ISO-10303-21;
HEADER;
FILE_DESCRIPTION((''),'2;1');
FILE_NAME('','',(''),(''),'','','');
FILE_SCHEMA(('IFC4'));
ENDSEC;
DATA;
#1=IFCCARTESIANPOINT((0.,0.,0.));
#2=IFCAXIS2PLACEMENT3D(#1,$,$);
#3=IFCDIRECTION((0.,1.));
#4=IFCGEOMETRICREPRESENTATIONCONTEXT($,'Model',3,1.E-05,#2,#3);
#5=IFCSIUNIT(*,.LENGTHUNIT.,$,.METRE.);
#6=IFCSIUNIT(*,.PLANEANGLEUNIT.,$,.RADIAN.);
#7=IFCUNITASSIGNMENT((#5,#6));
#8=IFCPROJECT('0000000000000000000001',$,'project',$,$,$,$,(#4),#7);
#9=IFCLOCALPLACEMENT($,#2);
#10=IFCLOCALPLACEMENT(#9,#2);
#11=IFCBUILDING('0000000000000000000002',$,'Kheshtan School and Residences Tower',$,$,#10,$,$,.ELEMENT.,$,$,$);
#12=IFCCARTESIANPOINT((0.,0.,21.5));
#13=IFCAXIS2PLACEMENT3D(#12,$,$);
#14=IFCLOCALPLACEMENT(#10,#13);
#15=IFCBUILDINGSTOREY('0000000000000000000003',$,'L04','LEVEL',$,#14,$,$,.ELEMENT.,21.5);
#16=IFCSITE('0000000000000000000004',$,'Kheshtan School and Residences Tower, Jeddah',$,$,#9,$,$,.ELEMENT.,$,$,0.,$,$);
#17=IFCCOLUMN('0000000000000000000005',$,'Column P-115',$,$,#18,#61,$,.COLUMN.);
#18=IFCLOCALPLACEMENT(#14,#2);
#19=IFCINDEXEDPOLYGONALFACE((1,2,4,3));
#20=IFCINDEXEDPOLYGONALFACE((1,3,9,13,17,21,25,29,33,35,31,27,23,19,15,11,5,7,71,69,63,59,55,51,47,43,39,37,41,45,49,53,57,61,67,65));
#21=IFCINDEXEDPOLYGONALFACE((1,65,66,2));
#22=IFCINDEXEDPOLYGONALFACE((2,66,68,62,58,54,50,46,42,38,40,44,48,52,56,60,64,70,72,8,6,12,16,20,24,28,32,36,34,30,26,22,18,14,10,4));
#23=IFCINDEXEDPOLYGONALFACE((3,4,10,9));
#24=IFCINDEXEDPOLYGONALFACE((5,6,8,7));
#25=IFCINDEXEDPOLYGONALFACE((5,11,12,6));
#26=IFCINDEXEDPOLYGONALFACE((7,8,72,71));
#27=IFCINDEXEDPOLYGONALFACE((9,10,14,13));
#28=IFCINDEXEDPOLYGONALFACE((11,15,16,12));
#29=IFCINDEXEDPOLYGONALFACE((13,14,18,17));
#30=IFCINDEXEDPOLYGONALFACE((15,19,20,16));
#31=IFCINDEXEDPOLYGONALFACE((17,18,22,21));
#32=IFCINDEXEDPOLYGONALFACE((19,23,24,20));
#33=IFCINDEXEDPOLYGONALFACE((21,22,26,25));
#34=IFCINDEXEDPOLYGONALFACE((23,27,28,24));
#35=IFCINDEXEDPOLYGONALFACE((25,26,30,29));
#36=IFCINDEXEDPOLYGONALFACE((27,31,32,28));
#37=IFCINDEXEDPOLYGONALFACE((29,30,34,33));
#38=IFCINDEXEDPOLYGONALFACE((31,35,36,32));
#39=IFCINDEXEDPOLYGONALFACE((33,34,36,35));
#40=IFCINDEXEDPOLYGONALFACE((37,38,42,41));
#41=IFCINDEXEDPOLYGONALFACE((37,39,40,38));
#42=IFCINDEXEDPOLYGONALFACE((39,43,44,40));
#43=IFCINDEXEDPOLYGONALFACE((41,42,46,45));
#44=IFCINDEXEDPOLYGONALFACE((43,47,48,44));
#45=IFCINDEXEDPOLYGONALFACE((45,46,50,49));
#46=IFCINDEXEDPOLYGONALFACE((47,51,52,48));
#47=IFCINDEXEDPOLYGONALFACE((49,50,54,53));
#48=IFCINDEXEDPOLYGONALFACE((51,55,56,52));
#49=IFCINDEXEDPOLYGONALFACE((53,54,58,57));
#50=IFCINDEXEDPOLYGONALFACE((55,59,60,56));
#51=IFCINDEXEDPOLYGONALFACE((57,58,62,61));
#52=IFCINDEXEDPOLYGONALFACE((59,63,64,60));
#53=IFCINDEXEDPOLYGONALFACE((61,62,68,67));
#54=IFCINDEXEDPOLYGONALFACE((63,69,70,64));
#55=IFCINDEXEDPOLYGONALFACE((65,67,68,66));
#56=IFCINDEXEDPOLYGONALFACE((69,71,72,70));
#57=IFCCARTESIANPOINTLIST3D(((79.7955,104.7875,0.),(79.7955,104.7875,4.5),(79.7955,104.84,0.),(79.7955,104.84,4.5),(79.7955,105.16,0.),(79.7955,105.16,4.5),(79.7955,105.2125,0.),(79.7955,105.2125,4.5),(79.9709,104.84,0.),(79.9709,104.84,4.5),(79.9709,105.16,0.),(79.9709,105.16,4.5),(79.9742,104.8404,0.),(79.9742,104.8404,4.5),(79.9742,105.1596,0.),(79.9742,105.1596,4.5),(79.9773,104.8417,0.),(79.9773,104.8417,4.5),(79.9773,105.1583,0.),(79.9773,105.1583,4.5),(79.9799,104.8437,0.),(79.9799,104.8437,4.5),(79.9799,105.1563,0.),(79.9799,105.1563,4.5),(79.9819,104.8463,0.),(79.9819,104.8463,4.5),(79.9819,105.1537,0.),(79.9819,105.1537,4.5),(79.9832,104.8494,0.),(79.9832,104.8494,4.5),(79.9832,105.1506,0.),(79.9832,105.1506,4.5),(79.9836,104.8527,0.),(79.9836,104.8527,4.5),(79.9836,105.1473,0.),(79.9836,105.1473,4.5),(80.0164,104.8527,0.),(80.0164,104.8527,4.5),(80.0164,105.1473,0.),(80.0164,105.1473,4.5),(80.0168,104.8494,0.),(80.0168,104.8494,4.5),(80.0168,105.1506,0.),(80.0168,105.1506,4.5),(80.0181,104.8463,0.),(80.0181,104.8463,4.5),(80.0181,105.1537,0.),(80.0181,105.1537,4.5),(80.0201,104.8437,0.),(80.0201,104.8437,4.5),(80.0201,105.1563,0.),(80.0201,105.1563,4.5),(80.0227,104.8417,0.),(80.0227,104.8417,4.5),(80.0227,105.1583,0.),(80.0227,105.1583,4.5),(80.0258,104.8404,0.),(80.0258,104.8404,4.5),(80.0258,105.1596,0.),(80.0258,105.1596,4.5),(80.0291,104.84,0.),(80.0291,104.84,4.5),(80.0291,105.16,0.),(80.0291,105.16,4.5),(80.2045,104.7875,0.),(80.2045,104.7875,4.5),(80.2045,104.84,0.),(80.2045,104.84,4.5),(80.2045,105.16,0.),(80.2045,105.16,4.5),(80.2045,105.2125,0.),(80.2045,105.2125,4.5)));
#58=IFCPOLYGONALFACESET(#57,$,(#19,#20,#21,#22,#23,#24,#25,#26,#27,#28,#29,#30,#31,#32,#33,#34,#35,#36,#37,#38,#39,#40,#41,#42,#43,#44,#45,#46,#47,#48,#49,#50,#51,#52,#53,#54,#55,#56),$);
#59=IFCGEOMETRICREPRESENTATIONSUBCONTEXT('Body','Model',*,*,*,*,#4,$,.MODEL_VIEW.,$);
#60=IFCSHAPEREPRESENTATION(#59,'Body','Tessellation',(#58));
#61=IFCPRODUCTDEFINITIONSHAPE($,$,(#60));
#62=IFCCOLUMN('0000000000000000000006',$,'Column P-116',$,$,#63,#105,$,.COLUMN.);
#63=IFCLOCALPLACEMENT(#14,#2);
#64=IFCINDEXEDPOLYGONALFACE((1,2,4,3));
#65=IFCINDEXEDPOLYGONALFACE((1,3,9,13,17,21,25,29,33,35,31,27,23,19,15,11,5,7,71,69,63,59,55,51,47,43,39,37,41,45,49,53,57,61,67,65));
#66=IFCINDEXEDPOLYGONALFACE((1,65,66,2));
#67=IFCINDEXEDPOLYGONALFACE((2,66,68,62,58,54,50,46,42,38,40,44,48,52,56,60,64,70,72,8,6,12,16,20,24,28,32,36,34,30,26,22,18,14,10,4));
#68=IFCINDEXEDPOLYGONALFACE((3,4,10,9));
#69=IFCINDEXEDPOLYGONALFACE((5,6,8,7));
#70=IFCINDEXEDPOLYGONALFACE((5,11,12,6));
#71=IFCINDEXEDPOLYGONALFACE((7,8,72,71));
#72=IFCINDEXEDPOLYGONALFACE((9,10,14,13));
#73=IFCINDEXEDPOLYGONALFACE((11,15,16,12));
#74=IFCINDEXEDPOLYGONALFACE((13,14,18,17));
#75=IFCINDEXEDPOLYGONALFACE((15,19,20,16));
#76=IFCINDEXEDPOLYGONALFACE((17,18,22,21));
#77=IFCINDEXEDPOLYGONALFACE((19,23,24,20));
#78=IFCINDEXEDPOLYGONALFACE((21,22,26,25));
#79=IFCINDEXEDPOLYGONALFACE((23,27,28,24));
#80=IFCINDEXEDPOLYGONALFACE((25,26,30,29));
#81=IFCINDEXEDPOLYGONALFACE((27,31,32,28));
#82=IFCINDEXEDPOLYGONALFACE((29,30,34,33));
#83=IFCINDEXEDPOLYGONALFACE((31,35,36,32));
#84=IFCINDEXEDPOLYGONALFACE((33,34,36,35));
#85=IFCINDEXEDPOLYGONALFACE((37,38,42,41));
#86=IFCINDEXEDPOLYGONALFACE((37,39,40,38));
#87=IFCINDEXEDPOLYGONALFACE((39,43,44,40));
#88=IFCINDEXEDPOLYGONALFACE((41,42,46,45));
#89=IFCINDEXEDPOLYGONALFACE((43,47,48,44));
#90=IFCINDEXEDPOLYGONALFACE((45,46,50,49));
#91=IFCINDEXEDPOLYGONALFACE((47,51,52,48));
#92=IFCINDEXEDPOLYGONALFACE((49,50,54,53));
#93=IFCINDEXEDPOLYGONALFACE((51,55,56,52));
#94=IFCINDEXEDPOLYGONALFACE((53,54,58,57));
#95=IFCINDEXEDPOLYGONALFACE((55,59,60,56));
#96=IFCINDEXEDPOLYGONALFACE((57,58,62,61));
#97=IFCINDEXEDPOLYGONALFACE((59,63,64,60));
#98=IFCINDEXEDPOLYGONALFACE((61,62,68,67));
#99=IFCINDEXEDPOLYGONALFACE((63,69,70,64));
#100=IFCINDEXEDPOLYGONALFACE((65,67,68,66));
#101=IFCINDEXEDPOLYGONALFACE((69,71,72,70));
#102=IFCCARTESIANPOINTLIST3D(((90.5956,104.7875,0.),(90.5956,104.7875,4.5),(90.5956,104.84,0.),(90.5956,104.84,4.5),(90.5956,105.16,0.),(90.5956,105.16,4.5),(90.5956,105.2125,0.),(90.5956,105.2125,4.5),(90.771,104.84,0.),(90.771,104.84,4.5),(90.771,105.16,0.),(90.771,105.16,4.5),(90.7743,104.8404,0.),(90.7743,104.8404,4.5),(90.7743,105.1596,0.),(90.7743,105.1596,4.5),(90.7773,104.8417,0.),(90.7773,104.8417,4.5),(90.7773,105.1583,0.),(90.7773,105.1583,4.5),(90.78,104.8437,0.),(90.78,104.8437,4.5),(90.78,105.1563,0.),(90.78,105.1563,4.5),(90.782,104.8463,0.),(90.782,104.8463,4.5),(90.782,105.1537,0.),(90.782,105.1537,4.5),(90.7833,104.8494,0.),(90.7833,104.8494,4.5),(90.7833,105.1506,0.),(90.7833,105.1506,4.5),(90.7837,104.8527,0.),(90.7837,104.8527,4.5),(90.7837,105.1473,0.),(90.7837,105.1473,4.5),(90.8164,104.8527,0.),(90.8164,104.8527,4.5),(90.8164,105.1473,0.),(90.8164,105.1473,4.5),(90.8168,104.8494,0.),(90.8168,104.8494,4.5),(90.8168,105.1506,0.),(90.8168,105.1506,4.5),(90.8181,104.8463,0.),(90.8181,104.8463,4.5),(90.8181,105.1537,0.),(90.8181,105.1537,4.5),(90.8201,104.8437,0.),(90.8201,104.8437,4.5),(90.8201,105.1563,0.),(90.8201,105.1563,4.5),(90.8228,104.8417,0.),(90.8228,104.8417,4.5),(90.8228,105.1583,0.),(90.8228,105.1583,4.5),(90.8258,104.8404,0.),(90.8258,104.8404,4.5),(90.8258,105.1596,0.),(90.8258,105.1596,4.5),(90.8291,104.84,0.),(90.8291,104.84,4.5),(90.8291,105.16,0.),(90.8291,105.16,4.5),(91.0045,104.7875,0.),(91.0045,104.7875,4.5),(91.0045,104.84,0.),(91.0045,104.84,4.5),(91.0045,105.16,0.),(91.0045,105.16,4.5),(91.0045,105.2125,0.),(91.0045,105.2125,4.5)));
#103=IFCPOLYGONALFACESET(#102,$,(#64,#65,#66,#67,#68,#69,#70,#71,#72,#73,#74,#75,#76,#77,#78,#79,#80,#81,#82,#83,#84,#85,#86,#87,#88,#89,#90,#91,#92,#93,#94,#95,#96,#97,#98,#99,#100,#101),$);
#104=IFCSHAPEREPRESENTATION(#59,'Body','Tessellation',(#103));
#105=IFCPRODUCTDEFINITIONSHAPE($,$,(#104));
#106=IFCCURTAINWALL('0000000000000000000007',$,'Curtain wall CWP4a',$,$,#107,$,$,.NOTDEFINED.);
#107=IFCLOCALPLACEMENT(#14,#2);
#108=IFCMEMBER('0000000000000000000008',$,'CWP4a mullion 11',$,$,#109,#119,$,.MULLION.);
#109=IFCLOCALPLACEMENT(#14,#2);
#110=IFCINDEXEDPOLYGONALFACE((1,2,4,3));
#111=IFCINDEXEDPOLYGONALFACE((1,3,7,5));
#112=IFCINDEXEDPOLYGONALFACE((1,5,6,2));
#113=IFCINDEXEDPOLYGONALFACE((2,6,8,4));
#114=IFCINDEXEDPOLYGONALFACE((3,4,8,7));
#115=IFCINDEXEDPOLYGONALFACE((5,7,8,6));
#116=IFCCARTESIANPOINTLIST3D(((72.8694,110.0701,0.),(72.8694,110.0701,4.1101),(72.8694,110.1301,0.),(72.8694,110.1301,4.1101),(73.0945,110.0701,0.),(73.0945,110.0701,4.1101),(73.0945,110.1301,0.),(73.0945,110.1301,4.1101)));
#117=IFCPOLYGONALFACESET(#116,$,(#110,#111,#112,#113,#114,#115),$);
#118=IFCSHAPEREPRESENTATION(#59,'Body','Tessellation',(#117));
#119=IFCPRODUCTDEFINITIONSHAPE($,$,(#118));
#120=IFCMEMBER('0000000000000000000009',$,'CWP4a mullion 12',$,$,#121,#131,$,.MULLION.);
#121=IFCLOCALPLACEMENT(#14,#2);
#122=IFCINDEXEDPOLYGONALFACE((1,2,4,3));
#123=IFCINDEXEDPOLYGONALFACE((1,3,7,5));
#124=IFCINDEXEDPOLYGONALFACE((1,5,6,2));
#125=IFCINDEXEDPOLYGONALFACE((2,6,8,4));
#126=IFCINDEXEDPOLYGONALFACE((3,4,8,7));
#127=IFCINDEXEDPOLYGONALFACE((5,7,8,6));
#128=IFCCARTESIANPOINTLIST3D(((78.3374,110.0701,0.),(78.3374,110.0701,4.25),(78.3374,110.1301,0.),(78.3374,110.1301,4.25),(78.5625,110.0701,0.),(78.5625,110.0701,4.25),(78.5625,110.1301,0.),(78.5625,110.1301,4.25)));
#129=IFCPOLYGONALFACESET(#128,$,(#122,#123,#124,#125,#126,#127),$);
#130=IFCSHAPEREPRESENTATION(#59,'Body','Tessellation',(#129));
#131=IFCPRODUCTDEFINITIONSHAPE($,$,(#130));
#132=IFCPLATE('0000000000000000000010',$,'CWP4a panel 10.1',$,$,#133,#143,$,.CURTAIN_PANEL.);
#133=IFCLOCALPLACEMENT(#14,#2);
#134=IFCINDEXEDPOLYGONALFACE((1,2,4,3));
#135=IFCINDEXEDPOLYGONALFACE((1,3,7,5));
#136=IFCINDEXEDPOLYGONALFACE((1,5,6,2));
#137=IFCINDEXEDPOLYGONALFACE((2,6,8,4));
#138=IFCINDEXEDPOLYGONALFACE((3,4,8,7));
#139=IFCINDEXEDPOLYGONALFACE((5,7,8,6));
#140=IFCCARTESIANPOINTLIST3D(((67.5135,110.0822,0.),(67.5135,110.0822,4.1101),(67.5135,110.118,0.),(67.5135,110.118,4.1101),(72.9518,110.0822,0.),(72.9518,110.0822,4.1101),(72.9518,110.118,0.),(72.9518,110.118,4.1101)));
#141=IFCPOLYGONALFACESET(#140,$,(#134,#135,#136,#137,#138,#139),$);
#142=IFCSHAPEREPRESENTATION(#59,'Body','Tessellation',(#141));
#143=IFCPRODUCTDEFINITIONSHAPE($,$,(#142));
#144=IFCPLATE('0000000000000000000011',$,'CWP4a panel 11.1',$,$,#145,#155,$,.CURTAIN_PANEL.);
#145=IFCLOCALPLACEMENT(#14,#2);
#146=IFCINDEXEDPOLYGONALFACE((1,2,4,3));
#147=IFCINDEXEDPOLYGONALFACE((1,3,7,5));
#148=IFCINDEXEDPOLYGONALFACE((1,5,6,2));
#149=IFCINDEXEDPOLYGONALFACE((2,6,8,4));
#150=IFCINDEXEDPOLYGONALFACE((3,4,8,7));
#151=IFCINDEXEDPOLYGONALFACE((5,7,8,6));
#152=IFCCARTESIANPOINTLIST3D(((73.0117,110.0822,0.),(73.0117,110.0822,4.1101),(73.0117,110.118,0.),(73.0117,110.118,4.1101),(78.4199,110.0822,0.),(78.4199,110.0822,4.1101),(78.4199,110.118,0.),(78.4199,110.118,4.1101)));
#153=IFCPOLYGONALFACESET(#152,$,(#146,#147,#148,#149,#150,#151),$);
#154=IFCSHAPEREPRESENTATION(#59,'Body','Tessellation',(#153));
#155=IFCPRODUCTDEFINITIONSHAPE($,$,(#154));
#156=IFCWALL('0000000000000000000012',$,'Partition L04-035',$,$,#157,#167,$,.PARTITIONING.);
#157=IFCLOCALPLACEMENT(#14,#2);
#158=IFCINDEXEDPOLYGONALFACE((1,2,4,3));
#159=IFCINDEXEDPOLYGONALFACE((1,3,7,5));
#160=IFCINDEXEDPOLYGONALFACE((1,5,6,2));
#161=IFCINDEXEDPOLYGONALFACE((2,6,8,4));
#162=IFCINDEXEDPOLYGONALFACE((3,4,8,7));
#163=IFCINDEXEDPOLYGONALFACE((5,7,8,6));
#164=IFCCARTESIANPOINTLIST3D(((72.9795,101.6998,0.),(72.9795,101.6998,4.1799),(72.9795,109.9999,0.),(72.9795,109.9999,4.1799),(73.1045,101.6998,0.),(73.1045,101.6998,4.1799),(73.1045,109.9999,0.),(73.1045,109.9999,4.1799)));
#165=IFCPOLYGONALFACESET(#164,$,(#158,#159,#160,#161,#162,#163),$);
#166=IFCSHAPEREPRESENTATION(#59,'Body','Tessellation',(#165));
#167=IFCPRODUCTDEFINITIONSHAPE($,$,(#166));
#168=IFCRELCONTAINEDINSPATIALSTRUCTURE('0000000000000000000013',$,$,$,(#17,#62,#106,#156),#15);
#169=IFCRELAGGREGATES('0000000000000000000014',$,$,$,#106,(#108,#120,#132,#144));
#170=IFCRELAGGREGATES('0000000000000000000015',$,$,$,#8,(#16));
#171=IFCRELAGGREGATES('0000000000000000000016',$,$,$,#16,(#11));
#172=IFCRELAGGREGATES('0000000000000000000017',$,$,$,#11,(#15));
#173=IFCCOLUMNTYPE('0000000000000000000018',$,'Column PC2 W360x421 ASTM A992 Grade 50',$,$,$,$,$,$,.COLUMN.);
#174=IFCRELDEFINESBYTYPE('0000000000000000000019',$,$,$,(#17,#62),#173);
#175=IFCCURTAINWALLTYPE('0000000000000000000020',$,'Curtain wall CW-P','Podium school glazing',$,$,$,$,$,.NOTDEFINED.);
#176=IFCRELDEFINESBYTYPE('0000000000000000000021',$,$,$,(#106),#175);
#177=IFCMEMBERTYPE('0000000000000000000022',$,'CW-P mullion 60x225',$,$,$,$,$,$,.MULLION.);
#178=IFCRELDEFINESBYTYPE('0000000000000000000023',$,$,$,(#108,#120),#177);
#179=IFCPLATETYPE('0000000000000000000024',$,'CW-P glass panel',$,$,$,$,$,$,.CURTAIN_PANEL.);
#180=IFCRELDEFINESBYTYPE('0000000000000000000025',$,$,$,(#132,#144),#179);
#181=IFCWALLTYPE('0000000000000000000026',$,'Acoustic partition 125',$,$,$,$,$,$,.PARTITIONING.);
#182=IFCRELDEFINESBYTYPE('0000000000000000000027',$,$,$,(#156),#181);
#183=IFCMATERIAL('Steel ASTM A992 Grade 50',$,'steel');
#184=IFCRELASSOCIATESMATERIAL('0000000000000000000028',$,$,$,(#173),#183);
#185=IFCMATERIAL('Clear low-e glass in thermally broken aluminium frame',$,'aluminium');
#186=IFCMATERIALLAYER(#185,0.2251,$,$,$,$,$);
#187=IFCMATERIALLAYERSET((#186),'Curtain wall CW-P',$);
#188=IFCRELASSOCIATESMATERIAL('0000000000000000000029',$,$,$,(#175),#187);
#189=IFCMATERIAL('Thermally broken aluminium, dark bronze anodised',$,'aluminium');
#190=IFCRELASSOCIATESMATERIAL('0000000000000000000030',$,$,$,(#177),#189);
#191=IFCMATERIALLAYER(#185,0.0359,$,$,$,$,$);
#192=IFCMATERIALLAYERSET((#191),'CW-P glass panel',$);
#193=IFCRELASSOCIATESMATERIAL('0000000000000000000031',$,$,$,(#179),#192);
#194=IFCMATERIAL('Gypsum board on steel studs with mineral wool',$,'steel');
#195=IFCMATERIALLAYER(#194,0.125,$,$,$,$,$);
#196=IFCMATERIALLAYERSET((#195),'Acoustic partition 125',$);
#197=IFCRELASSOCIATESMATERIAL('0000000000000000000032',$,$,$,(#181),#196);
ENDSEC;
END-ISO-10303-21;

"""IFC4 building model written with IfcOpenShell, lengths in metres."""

from ifc_helpers import new_model, si_unit, direction, frame, frame_2d, origin, origin_2d, place, context, subcontext, project, spatial, rectangle, i_section, extrude, material, layer, layer_set, material_profile, profile_set, type_object, element, aggregate, save


model = new_model("IFC4")

# Units and contexts
model_context = context("Model", 3, precision=1e-05, world=origin(), true_north=direction((0.0, 1.0)))
body_context = subcontext(model_context, "Body", "Model", "MODEL_VIEW")
ifc_project = project(units=[si_unit("LENGTHUNIT", "METRE"), si_unit("PLANEANGLEUNIT", "RADIAN")], contexts=[model_context])

# Site, building, storey
site_placement = place(None, origin())
site = spatial("IfcSite", under=ifc_project, at=site_placement, Name="Kheshtan School and Residences Tower, Jeddah", CompositionType="ELEMENT", RefElevation=0.0)
building_placement = place(site_placement, origin())
building = spatial("IfcBuilding", under=site, at=building_placement, Name="Kheshtan School and Residences Tower", CompositionType="ELEMENT")
storey_placement = place(building_placement, frame((0.0, 0.0, 21.5)))
storey = spatial("IfcBuildingStorey", under=building, at=storey_placement, Name="L04", Description="LEVEL", CompositionType="ELEMENT", Elevation=21.5)

# Columns
ifc_material_1 = material(Name="Steel ASTM A992 Grade 50", Category="steel")
ifc_material_profile_1 = material_profile(ifc_material_1, i_section(OverallWidth=0.4089, OverallDepth=0.425, WebThickness=0.0327, FlangeThickness=0.0525, FilletRadius=0.0127, at=origin_2d()), Name="W360x421")
ifc_profile_set_1 = profile_set([ifc_material_profile_1], Name="Steel ASTM A992 Grade 50")
column_type = type_object("IfcColumnType", Name="Column PC2 W360x421 ASTM A992 Grade 50", PredefinedType="COLUMN", material=ifc_profile_set_1)
for number, where, z_axis, x_axis, name in (
    (1, (80.0, 105.0, 0.0), (0.0, 0.0, 1.0), (1.0, 0.0, 0.0), "Column P-115"),
    (2, (90.8, 105.0, 0.0), (0.0, 0.0, 1.0), (1.0, 0.0, 0.0), "Column P-116"),
):
    element("IfcColumn", number, at=place(storey_placement, frame(where, z_axis=z_axis, x_axis=x_axis)), inside=storey, type_object=column_type, Name=name, PredefinedType="COLUMN", context=body_context, shape_type="SweptSolid", body=[
        extrude(i_section(OverallWidth=0.4089, OverallDepth=0.425, WebThickness=0.0327, FlangeThickness=0.0525, FilletRadius=0.0127, at=origin_2d()), origin(), (0.0, 0.0, 1.0), 4.5),
    ])

# Curtain wall, members, plates
ifc_material_2 = material(Name="Clear low-e glass in thermally broken aluminium frame", Category="aluminium")
ifc_layer_1 = layer(ifc_material_2, 0.2251)
ifc_layer_set_1 = layer_set([ifc_layer_1], Name="Curtain wall CW-P")
curtain_wall_type = type_object("IfcCurtainWallType", Name="Curtain wall CW-P", Description="Podium school glazing", PredefinedType="NOTDEFINED", material=ifc_layer_set_1)
curtain_wall_placement = place(storey_placement, origin())
curtain_wall = element("IfcCurtainWall", 3, at=curtain_wall_placement, inside=storey, type_object=curtain_wall_type, Name="Curtain wall CWP4a", PredefinedType="NOTDEFINED")
ifc_material_3 = material(Name="Thermally broken aluminium, dark bronze anodised", Category="aluminium")
ifc_material_profile_2 = material_profile(ifc_material_3, rectangle(XDim=0.0601, YDim=0.2251, at=origin_2d()), Name="CW-P mullion 60x225")
ifc_profile_set_2 = profile_set([ifc_material_profile_2], Name="Thermally broken aluminium, dark bronze anodised")
member_type = type_object("IfcMemberType", Name="CW-P mullion 60x225", PredefinedType="MULLION", material=ifc_profile_set_2)
member_1_placement = place(storey_placement, frame((72.9819, 110.1001, 0.0), z_axis=(0.0, 0.0, 1.0), x_axis=(0.0, 1.0, 0.0)))
member_1 = element("IfcMember", 4, at=member_1_placement, type_object=member_type, Name="CWP4a mullion 11", PredefinedType="MULLION", context=body_context, shape_type="SweptSolid", body=[
    extrude(rectangle(XDim=0.0601, YDim=0.2251, at=origin_2d()), origin(), (0.0, 0.0, 1.0), 4.1101),
])
member_2_placement = place(storey_placement, frame((78.45, 110.1001, 0.0), z_axis=(0.0, 0.0, 1.0), x_axis=(0.0, 1.0, 0.0)))
member_2 = element("IfcMember", 5, at=member_2_placement, type_object=member_type, Name="CWP4a mullion 12", PredefinedType="MULLION", context=body_context, shape_type="SweptSolid", body=[
    extrude(rectangle(XDim=0.0601, YDim=0.2251, at=origin_2d()), origin(), (0.0, 0.0, 1.0), 4.25),
])
ifc_layer_2 = layer(ifc_material_2, 0.0359)
ifc_layer_set_2 = layer_set([ifc_layer_2], Name="CW-P glass panel")
plate_type = type_object("IfcPlateType", Name="CW-P glass panel", PredefinedType="CURTAIN_PANEL", material=ifc_layer_set_2)
plate_1_placement = place(storey_placement, frame((70.2327, 110.1001, 0.0), z_axis=(0.0, 0.0, 1.0), x_axis=(1.0, 0.0, 0.0)))
plate_1 = element("IfcPlate", 6, at=plate_1_placement, type_object=plate_type, Name="CWP4a panel 10.1", PredefinedType="CURTAIN_PANEL", context=body_context, shape_type="SweptSolid", body=[
    extrude(rectangle(XDim=5.4382, YDim=0.0359, at=origin_2d()), origin(), (0.0, 0.0, 1.0), 4.1101),
])
plate_2_placement = place(storey_placement, frame((75.7158, 110.1001, 0.0), z_axis=(0.0, 0.0, 1.0), x_axis=(1.0, 0.0, 0.0)))
plate_2 = element("IfcPlate", 7, at=plate_2_placement, type_object=plate_type, Name="CWP4a panel 11.1", PredefinedType="CURTAIN_PANEL", context=body_context, shape_type="SweptSolid", body=[
    extrude(rectangle(XDim=5.4082, YDim=0.0359, at=origin_2d()), origin(), (0.0, 0.0, 1.0), 4.1101),
])
aggregate(curtain_wall, [member_1, member_2, plate_1, plate_2])

# Wall
ifc_material_4 = material(Name="Gypsum board on steel studs with mineral wool", Category="steel")
ifc_layer_3 = layer(ifc_material_4, 0.125)
ifc_layer_set_3 = layer_set([ifc_layer_3], Name="Acoustic partition 125")
wall_type_1 = type_object("IfcWallType", Name="Acoustic partition 125", PredefinedType="PARTITIONING", material=ifc_layer_set_3)
wall_1_placement = place(storey_placement, frame((73.042, 101.7, 0.0), z_axis=(0.0, 0.0, 1.0), x_axis=(0.0, 1.0, 0.0)))
element("IfcWall", 8, at=wall_1_placement, inside=storey, type_object=wall_type_1, Name="Partition L04-035", PredefinedType="PARTITIONING", context=body_context, shape_type="SweptSolid", body=[
    extrude(rectangle(XDim=8.3, YDim=0.125, at=frame_2d((4.1499, 0.0))), origin(), (0.0, 0.0, 1.0), 4.1799),
])

save(model, "model.ifc")
